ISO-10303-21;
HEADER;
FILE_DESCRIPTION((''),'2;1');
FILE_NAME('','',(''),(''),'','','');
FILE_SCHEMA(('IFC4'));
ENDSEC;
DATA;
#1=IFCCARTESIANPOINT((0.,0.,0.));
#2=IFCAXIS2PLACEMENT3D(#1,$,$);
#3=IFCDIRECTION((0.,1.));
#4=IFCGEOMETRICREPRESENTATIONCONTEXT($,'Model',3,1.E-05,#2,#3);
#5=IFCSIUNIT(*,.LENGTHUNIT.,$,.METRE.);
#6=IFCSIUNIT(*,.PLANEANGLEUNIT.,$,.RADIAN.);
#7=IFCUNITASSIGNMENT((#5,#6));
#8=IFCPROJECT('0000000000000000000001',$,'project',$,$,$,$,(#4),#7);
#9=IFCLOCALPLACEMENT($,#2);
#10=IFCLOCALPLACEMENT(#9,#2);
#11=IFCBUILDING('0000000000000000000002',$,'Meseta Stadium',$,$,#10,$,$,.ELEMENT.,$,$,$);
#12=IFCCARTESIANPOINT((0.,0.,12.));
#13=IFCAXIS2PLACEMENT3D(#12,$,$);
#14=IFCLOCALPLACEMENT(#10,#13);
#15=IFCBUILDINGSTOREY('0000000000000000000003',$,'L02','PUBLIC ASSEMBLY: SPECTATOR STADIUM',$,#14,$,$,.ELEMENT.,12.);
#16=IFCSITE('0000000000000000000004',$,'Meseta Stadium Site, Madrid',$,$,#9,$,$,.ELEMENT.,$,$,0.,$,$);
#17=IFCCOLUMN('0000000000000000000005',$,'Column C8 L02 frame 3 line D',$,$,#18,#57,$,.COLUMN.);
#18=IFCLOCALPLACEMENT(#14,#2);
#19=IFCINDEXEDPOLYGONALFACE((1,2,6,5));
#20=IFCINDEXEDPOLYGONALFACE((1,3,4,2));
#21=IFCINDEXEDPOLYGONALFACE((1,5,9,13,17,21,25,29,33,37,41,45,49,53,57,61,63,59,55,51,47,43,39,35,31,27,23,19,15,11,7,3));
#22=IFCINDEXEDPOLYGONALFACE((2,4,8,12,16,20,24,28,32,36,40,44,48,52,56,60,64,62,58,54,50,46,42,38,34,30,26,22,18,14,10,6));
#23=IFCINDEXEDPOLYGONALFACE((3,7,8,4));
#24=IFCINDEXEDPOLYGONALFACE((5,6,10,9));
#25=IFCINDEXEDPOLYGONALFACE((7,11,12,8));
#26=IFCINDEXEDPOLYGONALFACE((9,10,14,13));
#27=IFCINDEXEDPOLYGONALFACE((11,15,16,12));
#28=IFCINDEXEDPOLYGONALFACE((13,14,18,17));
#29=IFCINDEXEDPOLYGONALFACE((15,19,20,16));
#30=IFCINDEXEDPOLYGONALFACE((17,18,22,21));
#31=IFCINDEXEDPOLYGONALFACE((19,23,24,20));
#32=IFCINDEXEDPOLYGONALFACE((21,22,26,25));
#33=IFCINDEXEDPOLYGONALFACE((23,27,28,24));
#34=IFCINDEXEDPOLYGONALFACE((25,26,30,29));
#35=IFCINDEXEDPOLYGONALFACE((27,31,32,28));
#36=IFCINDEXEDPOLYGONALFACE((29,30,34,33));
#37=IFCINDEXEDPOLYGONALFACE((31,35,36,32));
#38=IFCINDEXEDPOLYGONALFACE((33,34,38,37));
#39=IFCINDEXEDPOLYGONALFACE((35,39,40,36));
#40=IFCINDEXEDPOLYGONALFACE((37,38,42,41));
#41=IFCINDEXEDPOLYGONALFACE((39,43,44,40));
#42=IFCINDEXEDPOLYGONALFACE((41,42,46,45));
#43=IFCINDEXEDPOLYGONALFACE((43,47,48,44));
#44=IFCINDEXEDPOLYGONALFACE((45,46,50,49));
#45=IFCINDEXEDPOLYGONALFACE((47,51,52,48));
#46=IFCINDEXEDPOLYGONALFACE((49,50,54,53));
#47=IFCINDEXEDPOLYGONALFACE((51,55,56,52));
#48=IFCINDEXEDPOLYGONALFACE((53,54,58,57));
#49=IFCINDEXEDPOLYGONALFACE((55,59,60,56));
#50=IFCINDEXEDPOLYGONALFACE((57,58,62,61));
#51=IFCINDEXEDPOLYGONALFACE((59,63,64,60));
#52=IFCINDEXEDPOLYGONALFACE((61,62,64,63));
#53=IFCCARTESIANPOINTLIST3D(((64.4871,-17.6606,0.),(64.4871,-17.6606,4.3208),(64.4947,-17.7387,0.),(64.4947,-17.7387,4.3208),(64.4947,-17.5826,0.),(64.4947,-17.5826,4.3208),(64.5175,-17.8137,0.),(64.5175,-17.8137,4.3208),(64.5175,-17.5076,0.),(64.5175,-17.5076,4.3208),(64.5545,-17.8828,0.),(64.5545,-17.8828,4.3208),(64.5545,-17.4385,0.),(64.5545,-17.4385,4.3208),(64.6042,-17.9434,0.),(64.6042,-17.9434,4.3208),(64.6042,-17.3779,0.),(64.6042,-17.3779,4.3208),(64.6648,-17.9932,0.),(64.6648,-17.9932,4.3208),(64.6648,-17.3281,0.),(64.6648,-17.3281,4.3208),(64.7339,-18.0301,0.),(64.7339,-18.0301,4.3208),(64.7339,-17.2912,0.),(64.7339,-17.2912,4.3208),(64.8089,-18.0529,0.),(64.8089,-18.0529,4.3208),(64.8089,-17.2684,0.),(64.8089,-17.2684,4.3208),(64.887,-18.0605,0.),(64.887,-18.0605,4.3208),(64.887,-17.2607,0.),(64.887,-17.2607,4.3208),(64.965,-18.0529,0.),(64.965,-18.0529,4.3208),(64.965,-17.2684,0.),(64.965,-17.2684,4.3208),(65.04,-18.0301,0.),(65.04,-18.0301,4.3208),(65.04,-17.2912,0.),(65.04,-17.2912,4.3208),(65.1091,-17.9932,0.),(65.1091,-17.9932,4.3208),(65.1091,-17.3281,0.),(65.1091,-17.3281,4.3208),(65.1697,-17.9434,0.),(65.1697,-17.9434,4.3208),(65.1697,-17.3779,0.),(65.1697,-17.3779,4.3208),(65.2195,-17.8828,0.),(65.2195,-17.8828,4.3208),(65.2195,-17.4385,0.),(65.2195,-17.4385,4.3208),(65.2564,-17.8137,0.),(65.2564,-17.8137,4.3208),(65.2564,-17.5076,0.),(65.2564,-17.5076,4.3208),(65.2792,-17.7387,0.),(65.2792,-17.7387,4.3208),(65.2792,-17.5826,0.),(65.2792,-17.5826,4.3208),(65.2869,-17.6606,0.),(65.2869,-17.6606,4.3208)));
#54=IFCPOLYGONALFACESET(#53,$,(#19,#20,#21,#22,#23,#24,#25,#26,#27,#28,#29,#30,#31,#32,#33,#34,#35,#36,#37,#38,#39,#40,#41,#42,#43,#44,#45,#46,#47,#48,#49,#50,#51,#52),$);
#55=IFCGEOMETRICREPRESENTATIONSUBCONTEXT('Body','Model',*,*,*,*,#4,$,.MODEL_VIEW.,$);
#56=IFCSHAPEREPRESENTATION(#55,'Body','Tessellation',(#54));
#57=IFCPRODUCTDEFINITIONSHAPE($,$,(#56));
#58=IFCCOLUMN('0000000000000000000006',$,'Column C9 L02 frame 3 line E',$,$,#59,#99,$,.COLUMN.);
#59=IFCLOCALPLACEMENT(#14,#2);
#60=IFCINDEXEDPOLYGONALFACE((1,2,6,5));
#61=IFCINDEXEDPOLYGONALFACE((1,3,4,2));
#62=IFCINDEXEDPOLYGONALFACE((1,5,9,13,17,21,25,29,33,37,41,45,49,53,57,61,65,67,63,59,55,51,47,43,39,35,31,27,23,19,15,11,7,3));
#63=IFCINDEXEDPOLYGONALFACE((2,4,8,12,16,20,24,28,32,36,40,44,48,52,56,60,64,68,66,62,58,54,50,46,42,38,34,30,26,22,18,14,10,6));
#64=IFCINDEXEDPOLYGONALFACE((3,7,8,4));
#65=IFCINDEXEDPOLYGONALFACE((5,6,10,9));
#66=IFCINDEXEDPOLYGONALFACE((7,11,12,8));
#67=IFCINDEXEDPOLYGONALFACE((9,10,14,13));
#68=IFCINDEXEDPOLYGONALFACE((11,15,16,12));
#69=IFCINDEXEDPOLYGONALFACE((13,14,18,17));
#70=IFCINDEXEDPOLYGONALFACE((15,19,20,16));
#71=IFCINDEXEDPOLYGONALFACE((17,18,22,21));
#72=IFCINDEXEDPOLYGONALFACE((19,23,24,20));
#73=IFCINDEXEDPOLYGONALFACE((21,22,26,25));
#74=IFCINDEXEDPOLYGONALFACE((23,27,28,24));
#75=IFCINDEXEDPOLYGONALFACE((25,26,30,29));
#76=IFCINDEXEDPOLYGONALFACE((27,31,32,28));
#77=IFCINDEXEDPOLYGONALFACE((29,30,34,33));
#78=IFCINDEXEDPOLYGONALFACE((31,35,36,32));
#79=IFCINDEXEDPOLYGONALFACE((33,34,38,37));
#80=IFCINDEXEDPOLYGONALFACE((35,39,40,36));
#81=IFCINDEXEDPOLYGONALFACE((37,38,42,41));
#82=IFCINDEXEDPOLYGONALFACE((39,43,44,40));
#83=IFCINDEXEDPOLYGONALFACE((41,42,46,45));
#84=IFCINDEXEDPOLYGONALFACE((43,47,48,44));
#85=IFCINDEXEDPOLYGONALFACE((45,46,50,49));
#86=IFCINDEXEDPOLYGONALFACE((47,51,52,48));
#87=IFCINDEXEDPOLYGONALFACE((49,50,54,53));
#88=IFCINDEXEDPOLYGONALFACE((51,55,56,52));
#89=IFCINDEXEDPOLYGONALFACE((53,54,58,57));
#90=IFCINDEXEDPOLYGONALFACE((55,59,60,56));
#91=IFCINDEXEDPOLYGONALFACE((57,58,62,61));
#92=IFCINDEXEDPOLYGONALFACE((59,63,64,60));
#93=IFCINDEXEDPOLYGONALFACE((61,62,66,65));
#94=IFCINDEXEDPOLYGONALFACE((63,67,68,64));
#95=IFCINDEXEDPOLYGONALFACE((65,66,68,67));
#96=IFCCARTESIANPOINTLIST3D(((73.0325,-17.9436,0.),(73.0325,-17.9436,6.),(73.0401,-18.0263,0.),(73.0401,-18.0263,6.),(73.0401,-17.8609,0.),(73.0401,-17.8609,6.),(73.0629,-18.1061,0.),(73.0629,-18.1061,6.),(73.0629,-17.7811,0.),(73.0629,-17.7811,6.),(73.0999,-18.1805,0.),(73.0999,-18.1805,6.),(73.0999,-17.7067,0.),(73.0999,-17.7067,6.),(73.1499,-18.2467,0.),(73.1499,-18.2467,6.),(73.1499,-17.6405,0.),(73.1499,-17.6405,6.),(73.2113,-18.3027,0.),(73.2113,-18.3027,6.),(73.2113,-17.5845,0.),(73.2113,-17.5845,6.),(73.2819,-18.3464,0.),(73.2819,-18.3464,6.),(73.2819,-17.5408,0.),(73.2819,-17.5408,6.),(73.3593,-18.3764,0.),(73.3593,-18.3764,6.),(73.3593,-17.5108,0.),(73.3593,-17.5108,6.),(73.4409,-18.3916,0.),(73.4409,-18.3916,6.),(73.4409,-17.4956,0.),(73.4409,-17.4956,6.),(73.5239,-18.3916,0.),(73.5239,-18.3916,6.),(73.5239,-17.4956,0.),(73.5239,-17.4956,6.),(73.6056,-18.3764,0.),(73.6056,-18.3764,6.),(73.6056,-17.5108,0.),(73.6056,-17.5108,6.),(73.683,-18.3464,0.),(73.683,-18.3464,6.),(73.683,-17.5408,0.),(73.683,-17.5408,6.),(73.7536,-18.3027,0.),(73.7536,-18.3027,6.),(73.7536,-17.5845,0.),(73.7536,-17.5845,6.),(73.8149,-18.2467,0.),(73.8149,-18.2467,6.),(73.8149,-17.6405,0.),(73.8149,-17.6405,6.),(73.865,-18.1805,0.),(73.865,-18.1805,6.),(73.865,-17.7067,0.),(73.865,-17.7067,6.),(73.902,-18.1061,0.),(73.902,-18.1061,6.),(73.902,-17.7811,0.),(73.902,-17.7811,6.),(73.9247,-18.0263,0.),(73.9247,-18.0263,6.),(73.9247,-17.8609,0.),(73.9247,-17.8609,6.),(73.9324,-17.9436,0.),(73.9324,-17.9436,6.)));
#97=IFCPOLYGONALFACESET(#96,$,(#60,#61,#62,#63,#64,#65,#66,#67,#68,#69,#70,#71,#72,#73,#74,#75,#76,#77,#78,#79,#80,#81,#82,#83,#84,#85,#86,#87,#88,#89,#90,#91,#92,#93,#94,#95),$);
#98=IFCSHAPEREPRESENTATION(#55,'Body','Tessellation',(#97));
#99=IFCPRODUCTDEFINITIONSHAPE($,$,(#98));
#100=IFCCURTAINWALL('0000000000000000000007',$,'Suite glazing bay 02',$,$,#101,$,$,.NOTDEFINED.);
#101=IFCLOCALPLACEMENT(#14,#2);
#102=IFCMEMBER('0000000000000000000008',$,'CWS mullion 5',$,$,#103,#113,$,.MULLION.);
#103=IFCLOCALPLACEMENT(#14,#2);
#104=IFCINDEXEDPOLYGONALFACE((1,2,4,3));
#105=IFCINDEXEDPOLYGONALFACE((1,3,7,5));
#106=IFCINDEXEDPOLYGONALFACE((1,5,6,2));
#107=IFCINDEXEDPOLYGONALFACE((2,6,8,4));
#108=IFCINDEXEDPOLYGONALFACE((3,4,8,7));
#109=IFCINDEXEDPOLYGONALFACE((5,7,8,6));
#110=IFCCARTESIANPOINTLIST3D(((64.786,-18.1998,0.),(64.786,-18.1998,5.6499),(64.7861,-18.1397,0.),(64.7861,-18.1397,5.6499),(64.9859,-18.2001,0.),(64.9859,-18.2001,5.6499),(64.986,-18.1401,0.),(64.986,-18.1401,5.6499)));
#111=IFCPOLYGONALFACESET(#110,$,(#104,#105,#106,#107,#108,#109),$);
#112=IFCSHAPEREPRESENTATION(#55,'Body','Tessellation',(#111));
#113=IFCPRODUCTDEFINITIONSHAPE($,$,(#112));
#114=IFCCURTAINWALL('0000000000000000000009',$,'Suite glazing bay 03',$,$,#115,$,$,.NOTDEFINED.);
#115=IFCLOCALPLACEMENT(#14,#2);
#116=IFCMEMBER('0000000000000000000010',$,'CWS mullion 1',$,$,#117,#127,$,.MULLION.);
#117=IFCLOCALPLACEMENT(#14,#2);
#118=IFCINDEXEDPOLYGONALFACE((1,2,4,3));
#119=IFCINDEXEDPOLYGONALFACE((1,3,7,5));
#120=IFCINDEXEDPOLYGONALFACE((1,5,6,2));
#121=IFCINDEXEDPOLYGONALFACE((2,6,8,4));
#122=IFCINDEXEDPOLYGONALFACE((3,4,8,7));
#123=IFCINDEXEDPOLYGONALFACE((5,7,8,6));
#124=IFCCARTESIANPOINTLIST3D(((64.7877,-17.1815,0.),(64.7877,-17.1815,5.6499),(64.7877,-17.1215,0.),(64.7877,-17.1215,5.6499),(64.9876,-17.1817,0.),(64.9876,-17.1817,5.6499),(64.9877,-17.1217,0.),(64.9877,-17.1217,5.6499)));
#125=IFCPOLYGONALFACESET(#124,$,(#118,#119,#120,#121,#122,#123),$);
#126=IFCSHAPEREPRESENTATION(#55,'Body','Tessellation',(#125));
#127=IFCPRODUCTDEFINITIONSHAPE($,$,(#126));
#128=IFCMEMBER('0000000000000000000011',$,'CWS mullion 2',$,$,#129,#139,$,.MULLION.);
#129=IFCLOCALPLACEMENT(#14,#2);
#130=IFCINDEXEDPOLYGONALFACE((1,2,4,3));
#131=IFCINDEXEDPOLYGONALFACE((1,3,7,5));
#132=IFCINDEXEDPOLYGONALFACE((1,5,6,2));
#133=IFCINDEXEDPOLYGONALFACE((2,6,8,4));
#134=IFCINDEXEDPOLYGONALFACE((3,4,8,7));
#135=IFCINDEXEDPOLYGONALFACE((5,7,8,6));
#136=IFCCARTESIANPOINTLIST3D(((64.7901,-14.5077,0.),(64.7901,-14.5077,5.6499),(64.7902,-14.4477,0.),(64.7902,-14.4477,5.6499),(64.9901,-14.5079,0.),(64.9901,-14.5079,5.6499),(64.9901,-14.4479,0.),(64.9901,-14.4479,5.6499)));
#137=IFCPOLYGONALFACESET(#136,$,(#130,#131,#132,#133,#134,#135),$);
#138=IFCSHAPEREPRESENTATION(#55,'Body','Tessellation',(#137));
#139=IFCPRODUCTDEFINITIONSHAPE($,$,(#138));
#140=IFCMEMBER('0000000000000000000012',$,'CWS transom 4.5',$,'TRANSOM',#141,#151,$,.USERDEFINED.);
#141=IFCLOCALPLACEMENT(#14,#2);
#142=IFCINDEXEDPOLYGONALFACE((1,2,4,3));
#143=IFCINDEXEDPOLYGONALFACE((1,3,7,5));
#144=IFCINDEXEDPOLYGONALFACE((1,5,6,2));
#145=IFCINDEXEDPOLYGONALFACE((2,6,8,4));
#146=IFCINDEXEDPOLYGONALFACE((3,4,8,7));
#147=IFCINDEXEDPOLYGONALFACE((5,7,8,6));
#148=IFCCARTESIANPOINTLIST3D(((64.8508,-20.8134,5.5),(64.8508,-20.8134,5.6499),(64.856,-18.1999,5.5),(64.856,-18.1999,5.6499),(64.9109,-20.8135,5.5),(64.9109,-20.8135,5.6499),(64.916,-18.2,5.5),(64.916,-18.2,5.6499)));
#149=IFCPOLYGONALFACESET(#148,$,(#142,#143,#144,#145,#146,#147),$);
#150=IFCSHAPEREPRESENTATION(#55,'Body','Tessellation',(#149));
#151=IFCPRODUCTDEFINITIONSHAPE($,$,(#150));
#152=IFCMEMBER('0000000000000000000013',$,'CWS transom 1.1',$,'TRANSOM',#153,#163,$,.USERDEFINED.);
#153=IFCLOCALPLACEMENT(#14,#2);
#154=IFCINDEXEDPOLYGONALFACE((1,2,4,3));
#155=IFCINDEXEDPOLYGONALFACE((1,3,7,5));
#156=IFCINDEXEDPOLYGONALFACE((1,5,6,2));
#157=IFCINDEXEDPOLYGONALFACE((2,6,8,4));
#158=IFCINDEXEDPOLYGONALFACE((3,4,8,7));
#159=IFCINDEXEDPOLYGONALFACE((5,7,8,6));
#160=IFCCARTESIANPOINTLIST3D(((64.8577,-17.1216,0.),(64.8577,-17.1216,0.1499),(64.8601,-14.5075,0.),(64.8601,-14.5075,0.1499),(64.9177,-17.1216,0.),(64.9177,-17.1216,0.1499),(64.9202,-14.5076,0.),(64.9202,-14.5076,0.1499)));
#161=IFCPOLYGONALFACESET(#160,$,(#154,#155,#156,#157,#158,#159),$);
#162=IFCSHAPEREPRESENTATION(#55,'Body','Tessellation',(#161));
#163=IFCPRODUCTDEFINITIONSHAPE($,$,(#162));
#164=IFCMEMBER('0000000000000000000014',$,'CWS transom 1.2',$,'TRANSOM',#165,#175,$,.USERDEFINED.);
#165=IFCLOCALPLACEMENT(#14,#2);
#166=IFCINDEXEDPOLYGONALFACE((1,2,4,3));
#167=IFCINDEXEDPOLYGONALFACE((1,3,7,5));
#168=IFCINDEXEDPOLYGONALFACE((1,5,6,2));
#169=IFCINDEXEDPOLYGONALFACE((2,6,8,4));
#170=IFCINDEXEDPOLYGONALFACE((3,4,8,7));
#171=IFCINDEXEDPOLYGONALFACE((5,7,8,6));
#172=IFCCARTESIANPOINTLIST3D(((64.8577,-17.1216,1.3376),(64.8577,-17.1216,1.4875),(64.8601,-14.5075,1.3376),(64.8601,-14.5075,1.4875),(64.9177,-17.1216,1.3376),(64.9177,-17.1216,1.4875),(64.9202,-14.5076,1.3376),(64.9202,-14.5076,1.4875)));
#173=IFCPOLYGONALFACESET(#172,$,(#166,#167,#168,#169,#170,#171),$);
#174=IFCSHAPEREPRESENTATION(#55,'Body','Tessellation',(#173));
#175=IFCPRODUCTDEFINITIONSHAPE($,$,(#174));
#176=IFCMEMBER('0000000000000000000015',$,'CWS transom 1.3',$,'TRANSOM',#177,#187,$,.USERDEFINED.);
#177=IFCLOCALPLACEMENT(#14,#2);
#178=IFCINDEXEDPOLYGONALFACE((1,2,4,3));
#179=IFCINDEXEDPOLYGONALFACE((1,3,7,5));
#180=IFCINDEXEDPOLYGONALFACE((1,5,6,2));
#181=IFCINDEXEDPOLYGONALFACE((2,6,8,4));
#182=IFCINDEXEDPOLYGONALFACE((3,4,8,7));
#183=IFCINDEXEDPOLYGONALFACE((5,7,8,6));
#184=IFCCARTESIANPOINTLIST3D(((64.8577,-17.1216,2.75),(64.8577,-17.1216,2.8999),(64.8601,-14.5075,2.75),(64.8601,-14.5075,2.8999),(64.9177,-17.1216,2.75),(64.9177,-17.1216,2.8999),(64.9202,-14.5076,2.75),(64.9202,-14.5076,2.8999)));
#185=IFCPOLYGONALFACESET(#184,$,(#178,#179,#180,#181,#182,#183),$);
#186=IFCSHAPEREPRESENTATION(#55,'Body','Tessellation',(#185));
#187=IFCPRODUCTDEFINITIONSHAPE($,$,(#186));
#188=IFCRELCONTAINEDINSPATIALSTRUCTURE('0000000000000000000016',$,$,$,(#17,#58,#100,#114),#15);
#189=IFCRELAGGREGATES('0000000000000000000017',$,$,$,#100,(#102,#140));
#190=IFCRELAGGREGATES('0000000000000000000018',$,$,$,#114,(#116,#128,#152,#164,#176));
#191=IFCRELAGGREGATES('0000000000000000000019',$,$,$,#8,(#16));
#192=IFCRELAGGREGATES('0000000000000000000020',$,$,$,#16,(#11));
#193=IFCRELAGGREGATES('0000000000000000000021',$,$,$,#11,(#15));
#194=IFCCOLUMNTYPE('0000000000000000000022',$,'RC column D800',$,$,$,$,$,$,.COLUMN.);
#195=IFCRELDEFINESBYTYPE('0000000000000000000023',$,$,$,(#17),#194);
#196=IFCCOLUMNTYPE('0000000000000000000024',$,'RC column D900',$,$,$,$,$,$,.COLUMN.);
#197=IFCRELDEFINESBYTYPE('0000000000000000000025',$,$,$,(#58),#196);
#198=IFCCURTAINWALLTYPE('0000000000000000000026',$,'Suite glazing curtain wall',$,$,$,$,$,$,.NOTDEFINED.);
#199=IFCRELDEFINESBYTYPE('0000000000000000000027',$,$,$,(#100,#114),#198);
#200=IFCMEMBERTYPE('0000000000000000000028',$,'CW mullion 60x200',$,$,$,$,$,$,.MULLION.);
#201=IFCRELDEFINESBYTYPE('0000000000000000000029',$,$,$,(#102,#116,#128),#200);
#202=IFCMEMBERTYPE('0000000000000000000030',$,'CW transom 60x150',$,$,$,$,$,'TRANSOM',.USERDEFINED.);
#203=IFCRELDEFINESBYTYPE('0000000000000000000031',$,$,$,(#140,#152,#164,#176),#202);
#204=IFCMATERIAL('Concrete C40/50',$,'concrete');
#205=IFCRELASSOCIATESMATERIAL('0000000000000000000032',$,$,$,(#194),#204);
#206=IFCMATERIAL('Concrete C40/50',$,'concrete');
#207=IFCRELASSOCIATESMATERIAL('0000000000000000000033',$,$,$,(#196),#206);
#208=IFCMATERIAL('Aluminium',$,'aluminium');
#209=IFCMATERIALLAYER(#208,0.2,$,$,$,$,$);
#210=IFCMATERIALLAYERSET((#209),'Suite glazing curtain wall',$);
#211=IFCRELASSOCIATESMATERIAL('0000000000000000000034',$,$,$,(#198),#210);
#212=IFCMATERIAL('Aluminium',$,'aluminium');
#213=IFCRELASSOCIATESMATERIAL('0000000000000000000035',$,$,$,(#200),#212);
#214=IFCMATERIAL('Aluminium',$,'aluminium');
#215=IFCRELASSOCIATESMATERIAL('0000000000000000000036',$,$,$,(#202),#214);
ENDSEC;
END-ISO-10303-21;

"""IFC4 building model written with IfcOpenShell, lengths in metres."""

from ifc_helpers import new_model, si_unit, direction, frame, origin, origin_2d, place, context, subcontext, project, spatial, rectangle, circle, extrude, material, layer, layer_set, material_profile, profile_set, type_object, element, aggregate, save


model = new_model("IFC4")

# Units and contexts
model_context = context("Model", 3, precision=1e-05, world=origin(), true_north=direction((0.0, 1.0)))
body_context = subcontext(model_context, "Body", "Model", "MODEL_VIEW")
ifc_project = project(units=[si_unit("LENGTHUNIT", "METRE"), si_unit("PLANEANGLEUNIT", "RADIAN")], contexts=[model_context])

# Site, building, storey
site_placement = place(None, origin())
site = spatial("IfcSite", under=ifc_project, at=site_placement, Name="Meseta Stadium Site, Madrid", CompositionType="ELEMENT", RefElevation=0.0)
building_placement = place(site_placement, origin())
building = spatial("IfcBuilding", under=site, at=building_placement, Name="Meseta Stadium", CompositionType="ELEMENT")
storey_placement = place(building_placement, frame((0.0, 0.0, 12.0)))
storey = spatial("IfcBuildingStorey", under=building, at=storey_placement, Name="L02", Description="PUBLIC ASSEMBLY: SPECTATOR STADIUM", CompositionType="ELEMENT", Elevation=12.0)

# Columns
ifc_material_1 = material(Name="Concrete C40/50", Category="concrete")
ifc_material_profile_1 = material_profile(ifc_material_1, circle(Radius=0.3999, at=origin_2d()), Name="RC D800")
ifc_profile_set_1 = profile_set([ifc_material_profile_1], Name="Concrete C40/50")
column_type_1 = type_object("IfcColumnType", Name="RC column D800", PredefinedType="COLUMN", material=ifc_profile_set_1)
column_1_placement = place(storey_placement, frame((64.887, -17.6606, 0.0), z_axis=(0.0, 0.0, 1.0), x_axis=(1.0, 0.0, 0.0)))
element("IfcColumn", 1, at=column_1_placement, inside=storey, type_object=column_type_1, Name="Column C8 L02 frame 3 line D", PredefinedType="COLUMN", context=body_context, shape_type="SweptSolid", body=[
    extrude(circle(Radius=0.3999, at=origin_2d()), origin(), (0.0, 0.0, 1.0), 4.3208),
])
ifc_material_2 = material(Name="Concrete C40/50", Category="concrete")
ifc_material_profile_2 = material_profile(ifc_material_2, circle(Radius=0.45, at=origin_2d()), Name="RC D900")
ifc_profile_set_2 = profile_set([ifc_material_profile_2], Name="Concrete C40/50")
column_type_2 = type_object("IfcColumnType", Name="RC column D900", PredefinedType="COLUMN", material=ifc_profile_set_2)
column_2_placement = place(storey_placement, frame((73.4824, -17.9436, 0.0), z_axis=(0.0, 0.0, 1.0), x_axis=(1.0, 0.0, 0.0)))
element("IfcColumn", 2, at=column_2_placement, inside=storey, type_object=column_type_2, Name="Column C9 L02 frame 3 line E", PredefinedType="COLUMN", context=body_context, shape_type="SweptSolid", body=[
    extrude(circle(Radius=0.45, at=origin_2d()), origin(), (0.0, 0.0, 1.0), 6.0),
])

# Curtain wall, member
ifc_material_3 = material(Name="Aluminium", Category="aluminium")
ifc_layer_1 = layer(ifc_material_3, 0.2)
ifc_layer_set_1 = layer_set([ifc_layer_1], Name="Suite glazing curtain wall")
curtain_wall_type = type_object("IfcCurtainWallType", Name="Suite glazing curtain wall", PredefinedType="NOTDEFINED", material=ifc_layer_set_1)
curtain_wall_1_placement = place(storey_placement, origin())
curtain_wall_1 = element("IfcCurtainWall", 3, at=curtain_wall_1_placement, inside=storey, type_object=curtain_wall_type, Name="Suite glazing bay 02", PredefinedType="NOTDEFINED")
ifc_material_4 = material(Name="Aluminium", Category="aluminium")
ifc_material_profile_3 = material_profile(ifc_material_4, rectangle(XDim=0.2, YDim=0.0601, at=origin_2d()), Name="CW 200x60")
ifc_profile_set_3 = profile_set([ifc_material_profile_3], Name="Aluminium")
member_type_1 = type_object("IfcMemberType", Name="CW mullion 60x200", PredefinedType="MULLION", material=ifc_profile_set_3)
member_1_placement = place(storey_placement, frame((64.886, -18.1699, 0.0), z_axis=(0.0, 0.0, 1.0), x_axis=(-0.999998, 0.001947, 0.0)))
member_1 = element("IfcMember", 4, at=member_1_placement, type_object=member_type_1, Name="CWS mullion 5", PredefinedType="MULLION", context=body_context, shape_type="SweptSolid", body=[
    extrude(rectangle(XDim=0.2, YDim=0.0601, at=origin_2d()), origin(), (0.0, 0.0, 1.0), 5.6499),
])

# Curtain wall, members
curtain_wall_2_placement = place(storey_placement, origin())
curtain_wall_2 = element("IfcCurtainWall", 5, at=curtain_wall_2_placement, inside=storey, type_object=curtain_wall_type, Name="Suite glazing bay 03", PredefinedType="NOTDEFINED")
member_2_placement = place(storey_placement, frame((64.8877, -17.1516, 0.0), z_axis=(0.0, 0.0, 1.0), x_axis=(-1.0, 0.000975, 0.0)))
member_2 = element("IfcMember", 6, at=member_2_placement, type_object=member_type_1, Name="CWS mullion 1", PredefinedType="MULLION", context=body_context, shape_type="SweptSolid", body=[
    extrude(rectangle(XDim=0.2, YDim=0.0601, at=origin_2d()), origin(), (0.0, 0.0, 1.0), 5.6499),
])
member_3_placement = place(storey_placement, frame((64.8901, -14.4778, 0.0), z_axis=(0.0, 0.0, 1.0), x_axis=(-1.0, 0.000975, 0.0)))
member_3 = element("IfcMember", 7, at=member_3_placement, type_object=member_type_1, Name="CWS mullion 2", PredefinedType="MULLION", context=body_context, shape_type="SweptSolid", body=[
    extrude(rectangle(XDim=0.2, YDim=0.0601, at=origin_2d()), origin(), (0.0, 0.0, 1.0), 5.6499),
])

# Members
ifc_material_5 = material(Name="Aluminium", Category="aluminium")
ifc_material_profile_4 = material_profile(ifc_material_5, rectangle(XDim=0.0601, YDim=0.1499, at=origin_2d()), Name="CW 60x150")
ifc_profile_set_4 = profile_set([ifc_material_profile_4], Name="Aluminium")
member_type_2 = type_object("IfcMemberType", Name="CW transom 60x150", ElementType="TRANSOM", PredefinedType="USERDEFINED", material=ifc_profile_set_4)
member_4_placement = place(storey_placement, frame((64.8809, -20.8135, 5.575), z_axis=(0.001962, 0.999998, 0.0), x_axis=(-0.999998, 0.001962, 0.0)))
member_4 = element("IfcMember", 8, at=member_4_placement, type_object=member_type_2, Name="CWS transom 4.5", ObjectType="TRANSOM", PredefinedType="USERDEFINED", context=body_context, shape_type="SweptSolid", body=[
    extrude(rectangle(XDim=0.0601, YDim=0.1499, at=origin_2d()), origin(), (0.0, 0.0, 1.0), 2.6135),
])
member_5_placement = place(storey_placement, frame((64.8877, -17.1216, 0.075), z_axis=(0.000934, 1.0, 0.0), x_axis=(-1.0, 0.000934, 0.0)))
member_5 = element("IfcMember", 9, at=member_5_placement, type_object=member_type_2, Name="CWS transom 1.1", ObjectType="TRANSOM", PredefinedType="USERDEFINED", context=body_context, shape_type="SweptSolid", body=[
    extrude(rectangle(XDim=0.0601, YDim=0.1499, at=origin_2d()), origin(), (0.0, 0.0, 1.0), 2.614),
])
member_6_placement = place(storey_placement, frame((64.8877, -17.1216, 1.4126), z_axis=(0.000934, 1.0, 0.0), x_axis=(-1.0, 0.000934, 0.0)))
member_6 = element("IfcMember", 10, at=member_6_placement, type_object=member_type_2, Name="CWS transom 1.2", ObjectType="TRANSOM", PredefinedType="USERDEFINED", context=body_context, shape_type="SweptSolid", body=[
    extrude(rectangle(XDim=0.0601, YDim=0.1499, at=origin_2d()), origin(), (0.0, 0.0, 1.0), 2.614),
])
member_7_placement = place(storey_placement, frame((64.8877, -17.1216, 2.825), z_axis=(0.000934, 1.0, 0.0), x_axis=(-1.0, 0.000934, 0.0)))
member_7 = element("IfcMember", 11, at=member_7_placement, type_object=member_type_2, Name="CWS transom 1.3", ObjectType="TRANSOM", PredefinedType="USERDEFINED", context=body_context, shape_type="SweptSolid", body=[
    extrude(rectangle(XDim=0.0601, YDim=0.1499, at=origin_2d()), origin(), (0.0, 0.0, 1.0), 2.614),
])

aggregate(curtain_wall_1, [member_1, member_4])
aggregate(curtain_wall_2, [member_2, member_3, member_5, member_6, member_7])

save(model, "model.ifc")
